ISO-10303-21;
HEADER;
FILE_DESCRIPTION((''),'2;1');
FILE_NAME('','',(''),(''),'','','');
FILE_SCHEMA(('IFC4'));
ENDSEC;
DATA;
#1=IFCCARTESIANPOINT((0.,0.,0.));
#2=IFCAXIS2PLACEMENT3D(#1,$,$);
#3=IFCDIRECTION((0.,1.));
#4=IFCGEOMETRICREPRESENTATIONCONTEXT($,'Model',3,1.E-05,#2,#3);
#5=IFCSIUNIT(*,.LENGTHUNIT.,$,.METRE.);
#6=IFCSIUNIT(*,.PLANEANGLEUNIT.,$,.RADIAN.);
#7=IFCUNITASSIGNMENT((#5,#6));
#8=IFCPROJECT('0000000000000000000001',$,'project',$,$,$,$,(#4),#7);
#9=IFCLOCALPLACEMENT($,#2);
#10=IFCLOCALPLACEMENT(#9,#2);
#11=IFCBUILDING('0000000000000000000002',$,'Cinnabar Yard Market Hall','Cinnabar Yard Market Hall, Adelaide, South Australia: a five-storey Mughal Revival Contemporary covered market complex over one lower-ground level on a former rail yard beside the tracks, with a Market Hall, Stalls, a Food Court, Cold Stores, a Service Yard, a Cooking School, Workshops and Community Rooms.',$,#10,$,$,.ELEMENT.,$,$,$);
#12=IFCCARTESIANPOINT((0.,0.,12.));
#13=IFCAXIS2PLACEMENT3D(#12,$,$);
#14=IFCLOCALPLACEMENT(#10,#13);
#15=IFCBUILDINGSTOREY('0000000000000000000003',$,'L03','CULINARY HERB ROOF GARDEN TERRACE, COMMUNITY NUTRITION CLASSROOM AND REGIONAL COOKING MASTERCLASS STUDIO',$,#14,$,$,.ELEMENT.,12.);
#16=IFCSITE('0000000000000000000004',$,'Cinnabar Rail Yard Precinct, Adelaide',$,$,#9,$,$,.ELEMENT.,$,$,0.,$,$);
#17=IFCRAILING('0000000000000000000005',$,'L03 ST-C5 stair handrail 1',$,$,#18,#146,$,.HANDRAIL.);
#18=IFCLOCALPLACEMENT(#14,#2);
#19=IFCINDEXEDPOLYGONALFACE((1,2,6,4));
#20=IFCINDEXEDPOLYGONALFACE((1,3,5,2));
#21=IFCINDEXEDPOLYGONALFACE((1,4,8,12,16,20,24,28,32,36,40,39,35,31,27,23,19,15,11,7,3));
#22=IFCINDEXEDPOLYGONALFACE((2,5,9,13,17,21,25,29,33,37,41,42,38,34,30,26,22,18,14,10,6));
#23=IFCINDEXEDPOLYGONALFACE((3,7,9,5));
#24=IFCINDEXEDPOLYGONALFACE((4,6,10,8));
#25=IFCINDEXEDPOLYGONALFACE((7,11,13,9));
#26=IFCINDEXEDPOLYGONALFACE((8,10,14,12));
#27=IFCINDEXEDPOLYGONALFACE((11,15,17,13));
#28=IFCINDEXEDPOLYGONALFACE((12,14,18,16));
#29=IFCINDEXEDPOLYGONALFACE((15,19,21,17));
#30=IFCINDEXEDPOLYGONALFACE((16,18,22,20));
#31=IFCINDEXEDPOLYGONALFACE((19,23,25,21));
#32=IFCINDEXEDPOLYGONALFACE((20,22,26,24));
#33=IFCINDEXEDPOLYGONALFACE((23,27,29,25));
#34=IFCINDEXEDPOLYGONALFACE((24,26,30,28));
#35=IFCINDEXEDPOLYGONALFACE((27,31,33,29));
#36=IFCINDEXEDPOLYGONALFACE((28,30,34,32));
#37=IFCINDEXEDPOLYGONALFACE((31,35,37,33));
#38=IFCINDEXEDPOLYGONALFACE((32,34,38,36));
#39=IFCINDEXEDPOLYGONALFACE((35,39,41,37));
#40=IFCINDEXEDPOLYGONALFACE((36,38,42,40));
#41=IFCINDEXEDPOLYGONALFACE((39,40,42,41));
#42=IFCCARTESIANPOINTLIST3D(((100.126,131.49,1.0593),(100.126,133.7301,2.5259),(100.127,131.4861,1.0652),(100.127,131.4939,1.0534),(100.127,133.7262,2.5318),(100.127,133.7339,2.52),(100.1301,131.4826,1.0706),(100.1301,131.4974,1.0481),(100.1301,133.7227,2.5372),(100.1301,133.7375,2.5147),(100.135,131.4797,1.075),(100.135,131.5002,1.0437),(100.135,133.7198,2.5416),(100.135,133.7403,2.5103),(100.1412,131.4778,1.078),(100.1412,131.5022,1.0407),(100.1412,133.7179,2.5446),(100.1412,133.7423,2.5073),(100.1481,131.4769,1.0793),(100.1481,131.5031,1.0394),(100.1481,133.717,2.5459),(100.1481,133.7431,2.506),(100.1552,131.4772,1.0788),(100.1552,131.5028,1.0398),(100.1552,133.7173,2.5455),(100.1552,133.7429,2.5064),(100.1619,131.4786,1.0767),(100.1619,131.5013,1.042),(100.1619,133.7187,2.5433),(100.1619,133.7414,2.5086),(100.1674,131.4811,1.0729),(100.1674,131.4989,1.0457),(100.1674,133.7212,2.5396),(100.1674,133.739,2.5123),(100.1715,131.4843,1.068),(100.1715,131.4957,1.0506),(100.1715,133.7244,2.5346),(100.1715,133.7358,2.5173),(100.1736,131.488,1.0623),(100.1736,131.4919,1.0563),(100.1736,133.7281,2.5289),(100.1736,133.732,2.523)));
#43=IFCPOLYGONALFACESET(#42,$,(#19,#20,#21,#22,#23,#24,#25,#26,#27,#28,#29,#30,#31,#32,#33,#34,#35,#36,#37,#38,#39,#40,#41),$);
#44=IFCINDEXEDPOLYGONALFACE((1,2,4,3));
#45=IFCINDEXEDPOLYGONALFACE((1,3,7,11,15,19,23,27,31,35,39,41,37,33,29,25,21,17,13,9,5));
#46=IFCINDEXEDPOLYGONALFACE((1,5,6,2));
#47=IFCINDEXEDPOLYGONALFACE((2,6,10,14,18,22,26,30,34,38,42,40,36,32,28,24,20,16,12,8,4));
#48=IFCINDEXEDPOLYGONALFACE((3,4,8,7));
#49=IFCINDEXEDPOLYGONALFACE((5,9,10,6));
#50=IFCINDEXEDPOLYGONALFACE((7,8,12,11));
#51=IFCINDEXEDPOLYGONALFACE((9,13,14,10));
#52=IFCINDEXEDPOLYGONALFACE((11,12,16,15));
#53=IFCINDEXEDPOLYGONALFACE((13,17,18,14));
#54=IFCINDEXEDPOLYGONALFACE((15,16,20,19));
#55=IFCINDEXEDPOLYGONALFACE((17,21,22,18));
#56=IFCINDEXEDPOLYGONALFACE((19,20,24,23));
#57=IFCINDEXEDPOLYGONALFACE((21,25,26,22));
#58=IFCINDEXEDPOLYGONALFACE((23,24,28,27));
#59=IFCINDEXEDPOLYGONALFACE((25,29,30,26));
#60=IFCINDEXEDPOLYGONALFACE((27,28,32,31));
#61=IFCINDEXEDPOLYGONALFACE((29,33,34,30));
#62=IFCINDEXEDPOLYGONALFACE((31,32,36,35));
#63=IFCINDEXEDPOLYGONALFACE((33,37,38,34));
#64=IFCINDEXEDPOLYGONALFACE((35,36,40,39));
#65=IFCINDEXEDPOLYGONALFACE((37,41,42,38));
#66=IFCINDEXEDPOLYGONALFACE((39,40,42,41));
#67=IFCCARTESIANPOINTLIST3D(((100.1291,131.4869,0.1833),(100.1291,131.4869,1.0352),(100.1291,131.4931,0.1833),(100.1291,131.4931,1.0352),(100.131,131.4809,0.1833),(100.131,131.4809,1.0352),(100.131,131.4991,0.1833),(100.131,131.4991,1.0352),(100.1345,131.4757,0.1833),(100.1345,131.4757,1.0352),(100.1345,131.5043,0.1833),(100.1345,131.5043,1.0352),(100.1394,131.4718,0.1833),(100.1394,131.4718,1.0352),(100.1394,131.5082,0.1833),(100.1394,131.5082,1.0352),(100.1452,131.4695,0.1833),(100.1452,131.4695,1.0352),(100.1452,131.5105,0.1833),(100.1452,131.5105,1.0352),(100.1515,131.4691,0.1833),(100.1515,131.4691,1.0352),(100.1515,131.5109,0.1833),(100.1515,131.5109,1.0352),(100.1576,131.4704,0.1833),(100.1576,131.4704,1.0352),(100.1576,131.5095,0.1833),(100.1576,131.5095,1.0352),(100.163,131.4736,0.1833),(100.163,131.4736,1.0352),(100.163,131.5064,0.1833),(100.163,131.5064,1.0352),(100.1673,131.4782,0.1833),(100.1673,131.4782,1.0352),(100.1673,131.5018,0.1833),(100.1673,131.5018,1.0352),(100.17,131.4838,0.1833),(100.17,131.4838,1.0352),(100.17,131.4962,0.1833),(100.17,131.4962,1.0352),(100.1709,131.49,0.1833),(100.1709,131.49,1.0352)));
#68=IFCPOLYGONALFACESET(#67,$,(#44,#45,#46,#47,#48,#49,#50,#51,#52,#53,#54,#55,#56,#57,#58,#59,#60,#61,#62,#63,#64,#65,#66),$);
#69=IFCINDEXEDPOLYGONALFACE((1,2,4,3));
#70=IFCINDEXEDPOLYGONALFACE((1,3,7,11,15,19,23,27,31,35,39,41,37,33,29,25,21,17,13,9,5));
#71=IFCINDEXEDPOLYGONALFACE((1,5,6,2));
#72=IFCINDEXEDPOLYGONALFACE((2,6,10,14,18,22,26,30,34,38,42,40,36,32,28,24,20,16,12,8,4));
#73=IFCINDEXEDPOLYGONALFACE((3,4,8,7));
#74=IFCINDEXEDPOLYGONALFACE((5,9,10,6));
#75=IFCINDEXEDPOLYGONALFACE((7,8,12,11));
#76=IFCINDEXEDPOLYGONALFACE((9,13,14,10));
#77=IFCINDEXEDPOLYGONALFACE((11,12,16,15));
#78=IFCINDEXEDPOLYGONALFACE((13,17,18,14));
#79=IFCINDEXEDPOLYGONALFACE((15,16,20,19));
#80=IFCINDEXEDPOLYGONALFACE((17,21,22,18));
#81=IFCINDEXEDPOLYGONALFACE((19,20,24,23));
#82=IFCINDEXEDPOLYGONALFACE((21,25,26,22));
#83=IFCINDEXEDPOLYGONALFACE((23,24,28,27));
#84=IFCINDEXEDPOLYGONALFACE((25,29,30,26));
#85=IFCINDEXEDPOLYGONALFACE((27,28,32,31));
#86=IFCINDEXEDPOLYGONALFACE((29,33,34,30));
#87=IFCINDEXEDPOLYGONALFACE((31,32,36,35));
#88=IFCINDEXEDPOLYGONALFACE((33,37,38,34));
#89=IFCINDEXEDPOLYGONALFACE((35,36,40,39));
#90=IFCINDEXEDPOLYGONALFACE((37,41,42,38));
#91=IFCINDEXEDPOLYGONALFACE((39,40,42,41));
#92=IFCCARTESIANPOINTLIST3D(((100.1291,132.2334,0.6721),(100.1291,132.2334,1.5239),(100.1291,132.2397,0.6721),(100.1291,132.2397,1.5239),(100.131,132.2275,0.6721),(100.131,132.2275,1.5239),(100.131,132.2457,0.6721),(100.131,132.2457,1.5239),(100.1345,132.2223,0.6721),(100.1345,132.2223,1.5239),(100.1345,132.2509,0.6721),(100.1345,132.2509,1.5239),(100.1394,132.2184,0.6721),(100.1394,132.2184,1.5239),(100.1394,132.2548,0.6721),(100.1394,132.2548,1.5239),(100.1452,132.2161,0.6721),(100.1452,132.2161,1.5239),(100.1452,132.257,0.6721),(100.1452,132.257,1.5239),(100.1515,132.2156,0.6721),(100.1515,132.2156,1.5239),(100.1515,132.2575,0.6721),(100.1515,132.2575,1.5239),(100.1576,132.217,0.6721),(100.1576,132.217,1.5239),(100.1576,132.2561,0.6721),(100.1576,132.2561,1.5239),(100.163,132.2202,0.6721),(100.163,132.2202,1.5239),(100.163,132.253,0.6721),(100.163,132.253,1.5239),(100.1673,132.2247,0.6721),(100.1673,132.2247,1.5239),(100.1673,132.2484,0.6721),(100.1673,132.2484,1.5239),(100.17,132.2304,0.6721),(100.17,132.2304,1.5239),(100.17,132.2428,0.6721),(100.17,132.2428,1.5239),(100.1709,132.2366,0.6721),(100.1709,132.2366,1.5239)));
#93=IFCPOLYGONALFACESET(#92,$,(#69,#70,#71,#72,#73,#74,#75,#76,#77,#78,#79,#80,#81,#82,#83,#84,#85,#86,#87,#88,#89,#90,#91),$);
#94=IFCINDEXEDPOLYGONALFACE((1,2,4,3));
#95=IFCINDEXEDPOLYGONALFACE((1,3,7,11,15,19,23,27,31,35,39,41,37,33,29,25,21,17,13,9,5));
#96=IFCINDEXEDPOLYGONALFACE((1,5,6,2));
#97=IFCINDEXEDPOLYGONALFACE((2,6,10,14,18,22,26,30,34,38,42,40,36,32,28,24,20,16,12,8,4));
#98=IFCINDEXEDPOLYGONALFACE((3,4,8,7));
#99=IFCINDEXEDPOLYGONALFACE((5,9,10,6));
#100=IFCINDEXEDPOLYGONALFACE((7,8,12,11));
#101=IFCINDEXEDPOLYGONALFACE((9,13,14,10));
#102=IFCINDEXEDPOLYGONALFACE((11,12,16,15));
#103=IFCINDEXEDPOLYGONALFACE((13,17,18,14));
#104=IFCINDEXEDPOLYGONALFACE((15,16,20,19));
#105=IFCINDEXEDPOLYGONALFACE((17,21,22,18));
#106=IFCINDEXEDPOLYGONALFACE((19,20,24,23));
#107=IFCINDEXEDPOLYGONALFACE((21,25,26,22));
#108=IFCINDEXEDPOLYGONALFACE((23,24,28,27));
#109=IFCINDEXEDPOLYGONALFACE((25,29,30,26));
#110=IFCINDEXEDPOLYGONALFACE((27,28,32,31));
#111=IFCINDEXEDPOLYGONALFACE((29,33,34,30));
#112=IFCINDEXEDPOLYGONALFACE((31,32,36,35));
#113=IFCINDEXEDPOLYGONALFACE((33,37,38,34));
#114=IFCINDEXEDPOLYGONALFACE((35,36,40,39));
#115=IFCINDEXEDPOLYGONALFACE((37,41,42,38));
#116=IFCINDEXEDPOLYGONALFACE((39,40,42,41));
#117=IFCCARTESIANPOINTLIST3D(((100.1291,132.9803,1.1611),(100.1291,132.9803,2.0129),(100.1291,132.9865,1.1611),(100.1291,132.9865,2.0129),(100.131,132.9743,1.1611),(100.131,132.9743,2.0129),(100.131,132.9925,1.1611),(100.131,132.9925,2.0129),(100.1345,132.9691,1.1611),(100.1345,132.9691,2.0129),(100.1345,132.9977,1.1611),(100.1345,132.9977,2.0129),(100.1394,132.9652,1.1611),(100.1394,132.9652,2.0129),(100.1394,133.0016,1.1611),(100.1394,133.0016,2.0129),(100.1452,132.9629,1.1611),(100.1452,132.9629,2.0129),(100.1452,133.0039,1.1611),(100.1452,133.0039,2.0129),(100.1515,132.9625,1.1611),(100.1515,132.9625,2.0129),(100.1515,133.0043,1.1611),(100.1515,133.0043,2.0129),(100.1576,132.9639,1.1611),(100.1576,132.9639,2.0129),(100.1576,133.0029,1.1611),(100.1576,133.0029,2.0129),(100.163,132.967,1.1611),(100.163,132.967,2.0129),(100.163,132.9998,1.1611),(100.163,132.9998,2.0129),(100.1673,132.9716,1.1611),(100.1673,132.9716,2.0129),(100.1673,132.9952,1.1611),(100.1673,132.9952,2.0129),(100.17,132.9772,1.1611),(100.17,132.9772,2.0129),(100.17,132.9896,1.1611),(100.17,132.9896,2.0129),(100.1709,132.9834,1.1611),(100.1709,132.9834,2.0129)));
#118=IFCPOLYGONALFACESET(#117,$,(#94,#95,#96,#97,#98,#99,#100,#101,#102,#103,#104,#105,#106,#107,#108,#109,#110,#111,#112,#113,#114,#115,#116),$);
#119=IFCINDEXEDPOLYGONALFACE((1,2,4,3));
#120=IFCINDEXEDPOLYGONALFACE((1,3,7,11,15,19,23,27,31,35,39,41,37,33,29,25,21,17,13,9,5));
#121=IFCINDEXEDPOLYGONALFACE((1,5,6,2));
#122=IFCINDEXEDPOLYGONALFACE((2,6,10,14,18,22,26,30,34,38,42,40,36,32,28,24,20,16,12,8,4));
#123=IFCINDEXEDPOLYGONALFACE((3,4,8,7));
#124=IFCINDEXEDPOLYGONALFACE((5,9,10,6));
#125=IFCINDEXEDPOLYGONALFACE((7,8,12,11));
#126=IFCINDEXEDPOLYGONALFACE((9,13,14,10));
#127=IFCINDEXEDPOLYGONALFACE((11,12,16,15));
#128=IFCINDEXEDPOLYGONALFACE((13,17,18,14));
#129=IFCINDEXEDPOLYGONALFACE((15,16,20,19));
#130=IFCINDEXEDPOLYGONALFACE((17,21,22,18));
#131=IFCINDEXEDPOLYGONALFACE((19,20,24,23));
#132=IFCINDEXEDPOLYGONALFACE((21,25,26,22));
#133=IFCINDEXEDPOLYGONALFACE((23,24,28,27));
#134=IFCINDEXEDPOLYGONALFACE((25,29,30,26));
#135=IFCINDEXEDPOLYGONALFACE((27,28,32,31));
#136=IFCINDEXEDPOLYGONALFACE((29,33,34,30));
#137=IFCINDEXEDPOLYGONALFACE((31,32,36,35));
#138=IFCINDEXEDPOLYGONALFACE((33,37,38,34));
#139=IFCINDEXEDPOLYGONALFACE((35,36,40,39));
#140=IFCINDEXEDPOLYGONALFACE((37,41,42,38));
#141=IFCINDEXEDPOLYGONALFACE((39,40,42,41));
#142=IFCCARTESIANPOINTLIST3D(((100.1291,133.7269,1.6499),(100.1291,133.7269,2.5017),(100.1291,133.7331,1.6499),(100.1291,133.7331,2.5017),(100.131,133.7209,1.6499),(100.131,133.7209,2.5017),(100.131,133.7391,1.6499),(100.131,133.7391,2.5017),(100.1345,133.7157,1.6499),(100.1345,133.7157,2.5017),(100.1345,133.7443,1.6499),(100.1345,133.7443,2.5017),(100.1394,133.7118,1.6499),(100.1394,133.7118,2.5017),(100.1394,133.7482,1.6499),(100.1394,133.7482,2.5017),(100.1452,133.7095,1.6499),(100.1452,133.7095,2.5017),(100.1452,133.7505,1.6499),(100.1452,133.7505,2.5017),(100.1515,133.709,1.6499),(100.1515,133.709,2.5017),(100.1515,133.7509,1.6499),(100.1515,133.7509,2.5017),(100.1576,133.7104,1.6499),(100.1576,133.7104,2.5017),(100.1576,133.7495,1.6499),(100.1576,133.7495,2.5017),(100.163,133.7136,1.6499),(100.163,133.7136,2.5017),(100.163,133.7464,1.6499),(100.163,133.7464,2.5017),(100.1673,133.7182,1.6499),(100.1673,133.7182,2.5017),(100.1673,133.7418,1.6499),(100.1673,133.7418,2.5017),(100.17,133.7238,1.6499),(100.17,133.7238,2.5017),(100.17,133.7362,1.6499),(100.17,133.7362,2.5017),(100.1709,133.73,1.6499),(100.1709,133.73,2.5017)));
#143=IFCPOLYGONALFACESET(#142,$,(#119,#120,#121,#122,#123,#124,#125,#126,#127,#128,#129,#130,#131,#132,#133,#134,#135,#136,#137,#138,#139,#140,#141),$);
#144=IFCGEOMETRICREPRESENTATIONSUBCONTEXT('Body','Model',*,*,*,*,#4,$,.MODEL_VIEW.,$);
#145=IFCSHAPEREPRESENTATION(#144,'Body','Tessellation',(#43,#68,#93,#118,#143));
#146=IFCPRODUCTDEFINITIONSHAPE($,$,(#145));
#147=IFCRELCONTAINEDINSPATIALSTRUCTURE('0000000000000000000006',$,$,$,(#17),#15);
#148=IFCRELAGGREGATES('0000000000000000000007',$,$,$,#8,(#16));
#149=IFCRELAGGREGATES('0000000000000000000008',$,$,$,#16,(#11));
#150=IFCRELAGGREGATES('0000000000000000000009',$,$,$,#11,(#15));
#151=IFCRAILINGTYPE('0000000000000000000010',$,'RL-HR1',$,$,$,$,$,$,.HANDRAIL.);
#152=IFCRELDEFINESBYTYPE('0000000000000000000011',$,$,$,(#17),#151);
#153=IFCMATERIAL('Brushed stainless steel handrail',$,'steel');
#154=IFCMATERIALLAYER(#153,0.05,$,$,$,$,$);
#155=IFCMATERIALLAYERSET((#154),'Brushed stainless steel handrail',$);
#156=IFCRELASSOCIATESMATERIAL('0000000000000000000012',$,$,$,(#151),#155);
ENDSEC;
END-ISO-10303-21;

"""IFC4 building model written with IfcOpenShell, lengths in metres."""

from ifc_helpers import new_model, si_unit, direction, frame, origin, origin_2d_with_axis, place, context, subcontext, project, spatial, circle, extrude, material, layer, layer_set, type_object, element, save


model = new_model("IFC4")

# Units and contexts
model_context = context("Model", 3, precision=1e-05, world=origin(), true_north=direction((0.0, 1.0)))
body_context = subcontext(model_context, "Body", "Model", "MODEL_VIEW")
ifc_project = project(units=[si_unit("LENGTHUNIT", "METRE"), si_unit("PLANEANGLEUNIT", "RADIAN")], contexts=[model_context])

# Site, building, storey
site_placement = place(None, origin())
site = spatial("IfcSite", under=ifc_project, at=site_placement, Name="Cinnabar Rail Yard Precinct, Adelaide", CompositionType="ELEMENT", RefElevation=0.0)
building_placement = place(site_placement, origin())
building = spatial("IfcBuilding", under=site, at=building_placement, Name="Cinnabar Yard Market Hall", Description="Cinnabar Yard Market Hall, Adelaide, South Australia: a five-storey Mughal Revival Contemporary covered market complex over one lower-ground level on a former rail yard beside the tracks, with a Market Hall, Stalls, a Food Court, Cold Stores, a Service Yard, a Cooking School, Workshops and Community Rooms.", CompositionType="ELEMENT")
storey_placement = place(building_placement, frame((0.0, 0.0, 12.0)))
storey = spatial("IfcBuildingStorey", under=building, at=storey_placement, Name="L03", Description="CULINARY HERB ROOF GARDEN TERRACE, COMMUNITY NUTRITION CLASSROOM AND REGIONAL COOKING MASTERCLASS STUDIO", CompositionType="ELEMENT", Elevation=12.0)

# Railing
ifc_material_1 = material(Name="Brushed stainless steel handrail", Category="steel")
ifc_layer_1 = layer(ifc_material_1, 0.05)
ifc_layer_set_1 = layer_set([ifc_layer_1], Name="Brushed stainless steel handrail")
railing_type_1 = type_object("IfcRailingType", Name="RL-HR1", PredefinedType="HANDRAIL", material=ifc_layer_set_1)
railing_1_placement = place(storey_placement, frame((100.1499, 131.49, 0.1833)))
element("IfcRailing", 1, at=railing_1_placement, inside=storey, type_object=railing_type_1, Name="L03 ST-C5 stair handrail 1", PredefinedType="HANDRAIL", context=body_context, shape_type="SweptSolid", body=[
    extrude(circle(Radius=0.0239, at=origin_2d_with_axis()), frame((0.0, 0.0, 0.876), z_axis=(0.0, 0.836637, 0.547758), x_axis=(-1.0, 0.0, 0.0)), (0.0, 0.0, 1.0), 2.6775),
    extrude(circle(Radius=0.021, at=origin_2d_with_axis()), origin(), (0.0, 0.0, 1.0), 0.8518),
    extrude(circle(Radius=0.021, at=origin_2d_with_axis()), frame((0.0, 0.7466, 0.4888)), (0.0, 0.0, 1.0), 0.8518),
    extrude(circle(Radius=0.021, at=origin_2d_with_axis()), frame((0.0, 1.4934, 0.9778)), (0.0, 0.0, 1.0), 0.8518),
    extrude(circle(Radius=0.021, at=origin_2d_with_axis()), frame((0.0, 2.24, 1.4666)), (0.0, 0.0, 1.0), 0.8518),
])

save(model, "model.ifc")
